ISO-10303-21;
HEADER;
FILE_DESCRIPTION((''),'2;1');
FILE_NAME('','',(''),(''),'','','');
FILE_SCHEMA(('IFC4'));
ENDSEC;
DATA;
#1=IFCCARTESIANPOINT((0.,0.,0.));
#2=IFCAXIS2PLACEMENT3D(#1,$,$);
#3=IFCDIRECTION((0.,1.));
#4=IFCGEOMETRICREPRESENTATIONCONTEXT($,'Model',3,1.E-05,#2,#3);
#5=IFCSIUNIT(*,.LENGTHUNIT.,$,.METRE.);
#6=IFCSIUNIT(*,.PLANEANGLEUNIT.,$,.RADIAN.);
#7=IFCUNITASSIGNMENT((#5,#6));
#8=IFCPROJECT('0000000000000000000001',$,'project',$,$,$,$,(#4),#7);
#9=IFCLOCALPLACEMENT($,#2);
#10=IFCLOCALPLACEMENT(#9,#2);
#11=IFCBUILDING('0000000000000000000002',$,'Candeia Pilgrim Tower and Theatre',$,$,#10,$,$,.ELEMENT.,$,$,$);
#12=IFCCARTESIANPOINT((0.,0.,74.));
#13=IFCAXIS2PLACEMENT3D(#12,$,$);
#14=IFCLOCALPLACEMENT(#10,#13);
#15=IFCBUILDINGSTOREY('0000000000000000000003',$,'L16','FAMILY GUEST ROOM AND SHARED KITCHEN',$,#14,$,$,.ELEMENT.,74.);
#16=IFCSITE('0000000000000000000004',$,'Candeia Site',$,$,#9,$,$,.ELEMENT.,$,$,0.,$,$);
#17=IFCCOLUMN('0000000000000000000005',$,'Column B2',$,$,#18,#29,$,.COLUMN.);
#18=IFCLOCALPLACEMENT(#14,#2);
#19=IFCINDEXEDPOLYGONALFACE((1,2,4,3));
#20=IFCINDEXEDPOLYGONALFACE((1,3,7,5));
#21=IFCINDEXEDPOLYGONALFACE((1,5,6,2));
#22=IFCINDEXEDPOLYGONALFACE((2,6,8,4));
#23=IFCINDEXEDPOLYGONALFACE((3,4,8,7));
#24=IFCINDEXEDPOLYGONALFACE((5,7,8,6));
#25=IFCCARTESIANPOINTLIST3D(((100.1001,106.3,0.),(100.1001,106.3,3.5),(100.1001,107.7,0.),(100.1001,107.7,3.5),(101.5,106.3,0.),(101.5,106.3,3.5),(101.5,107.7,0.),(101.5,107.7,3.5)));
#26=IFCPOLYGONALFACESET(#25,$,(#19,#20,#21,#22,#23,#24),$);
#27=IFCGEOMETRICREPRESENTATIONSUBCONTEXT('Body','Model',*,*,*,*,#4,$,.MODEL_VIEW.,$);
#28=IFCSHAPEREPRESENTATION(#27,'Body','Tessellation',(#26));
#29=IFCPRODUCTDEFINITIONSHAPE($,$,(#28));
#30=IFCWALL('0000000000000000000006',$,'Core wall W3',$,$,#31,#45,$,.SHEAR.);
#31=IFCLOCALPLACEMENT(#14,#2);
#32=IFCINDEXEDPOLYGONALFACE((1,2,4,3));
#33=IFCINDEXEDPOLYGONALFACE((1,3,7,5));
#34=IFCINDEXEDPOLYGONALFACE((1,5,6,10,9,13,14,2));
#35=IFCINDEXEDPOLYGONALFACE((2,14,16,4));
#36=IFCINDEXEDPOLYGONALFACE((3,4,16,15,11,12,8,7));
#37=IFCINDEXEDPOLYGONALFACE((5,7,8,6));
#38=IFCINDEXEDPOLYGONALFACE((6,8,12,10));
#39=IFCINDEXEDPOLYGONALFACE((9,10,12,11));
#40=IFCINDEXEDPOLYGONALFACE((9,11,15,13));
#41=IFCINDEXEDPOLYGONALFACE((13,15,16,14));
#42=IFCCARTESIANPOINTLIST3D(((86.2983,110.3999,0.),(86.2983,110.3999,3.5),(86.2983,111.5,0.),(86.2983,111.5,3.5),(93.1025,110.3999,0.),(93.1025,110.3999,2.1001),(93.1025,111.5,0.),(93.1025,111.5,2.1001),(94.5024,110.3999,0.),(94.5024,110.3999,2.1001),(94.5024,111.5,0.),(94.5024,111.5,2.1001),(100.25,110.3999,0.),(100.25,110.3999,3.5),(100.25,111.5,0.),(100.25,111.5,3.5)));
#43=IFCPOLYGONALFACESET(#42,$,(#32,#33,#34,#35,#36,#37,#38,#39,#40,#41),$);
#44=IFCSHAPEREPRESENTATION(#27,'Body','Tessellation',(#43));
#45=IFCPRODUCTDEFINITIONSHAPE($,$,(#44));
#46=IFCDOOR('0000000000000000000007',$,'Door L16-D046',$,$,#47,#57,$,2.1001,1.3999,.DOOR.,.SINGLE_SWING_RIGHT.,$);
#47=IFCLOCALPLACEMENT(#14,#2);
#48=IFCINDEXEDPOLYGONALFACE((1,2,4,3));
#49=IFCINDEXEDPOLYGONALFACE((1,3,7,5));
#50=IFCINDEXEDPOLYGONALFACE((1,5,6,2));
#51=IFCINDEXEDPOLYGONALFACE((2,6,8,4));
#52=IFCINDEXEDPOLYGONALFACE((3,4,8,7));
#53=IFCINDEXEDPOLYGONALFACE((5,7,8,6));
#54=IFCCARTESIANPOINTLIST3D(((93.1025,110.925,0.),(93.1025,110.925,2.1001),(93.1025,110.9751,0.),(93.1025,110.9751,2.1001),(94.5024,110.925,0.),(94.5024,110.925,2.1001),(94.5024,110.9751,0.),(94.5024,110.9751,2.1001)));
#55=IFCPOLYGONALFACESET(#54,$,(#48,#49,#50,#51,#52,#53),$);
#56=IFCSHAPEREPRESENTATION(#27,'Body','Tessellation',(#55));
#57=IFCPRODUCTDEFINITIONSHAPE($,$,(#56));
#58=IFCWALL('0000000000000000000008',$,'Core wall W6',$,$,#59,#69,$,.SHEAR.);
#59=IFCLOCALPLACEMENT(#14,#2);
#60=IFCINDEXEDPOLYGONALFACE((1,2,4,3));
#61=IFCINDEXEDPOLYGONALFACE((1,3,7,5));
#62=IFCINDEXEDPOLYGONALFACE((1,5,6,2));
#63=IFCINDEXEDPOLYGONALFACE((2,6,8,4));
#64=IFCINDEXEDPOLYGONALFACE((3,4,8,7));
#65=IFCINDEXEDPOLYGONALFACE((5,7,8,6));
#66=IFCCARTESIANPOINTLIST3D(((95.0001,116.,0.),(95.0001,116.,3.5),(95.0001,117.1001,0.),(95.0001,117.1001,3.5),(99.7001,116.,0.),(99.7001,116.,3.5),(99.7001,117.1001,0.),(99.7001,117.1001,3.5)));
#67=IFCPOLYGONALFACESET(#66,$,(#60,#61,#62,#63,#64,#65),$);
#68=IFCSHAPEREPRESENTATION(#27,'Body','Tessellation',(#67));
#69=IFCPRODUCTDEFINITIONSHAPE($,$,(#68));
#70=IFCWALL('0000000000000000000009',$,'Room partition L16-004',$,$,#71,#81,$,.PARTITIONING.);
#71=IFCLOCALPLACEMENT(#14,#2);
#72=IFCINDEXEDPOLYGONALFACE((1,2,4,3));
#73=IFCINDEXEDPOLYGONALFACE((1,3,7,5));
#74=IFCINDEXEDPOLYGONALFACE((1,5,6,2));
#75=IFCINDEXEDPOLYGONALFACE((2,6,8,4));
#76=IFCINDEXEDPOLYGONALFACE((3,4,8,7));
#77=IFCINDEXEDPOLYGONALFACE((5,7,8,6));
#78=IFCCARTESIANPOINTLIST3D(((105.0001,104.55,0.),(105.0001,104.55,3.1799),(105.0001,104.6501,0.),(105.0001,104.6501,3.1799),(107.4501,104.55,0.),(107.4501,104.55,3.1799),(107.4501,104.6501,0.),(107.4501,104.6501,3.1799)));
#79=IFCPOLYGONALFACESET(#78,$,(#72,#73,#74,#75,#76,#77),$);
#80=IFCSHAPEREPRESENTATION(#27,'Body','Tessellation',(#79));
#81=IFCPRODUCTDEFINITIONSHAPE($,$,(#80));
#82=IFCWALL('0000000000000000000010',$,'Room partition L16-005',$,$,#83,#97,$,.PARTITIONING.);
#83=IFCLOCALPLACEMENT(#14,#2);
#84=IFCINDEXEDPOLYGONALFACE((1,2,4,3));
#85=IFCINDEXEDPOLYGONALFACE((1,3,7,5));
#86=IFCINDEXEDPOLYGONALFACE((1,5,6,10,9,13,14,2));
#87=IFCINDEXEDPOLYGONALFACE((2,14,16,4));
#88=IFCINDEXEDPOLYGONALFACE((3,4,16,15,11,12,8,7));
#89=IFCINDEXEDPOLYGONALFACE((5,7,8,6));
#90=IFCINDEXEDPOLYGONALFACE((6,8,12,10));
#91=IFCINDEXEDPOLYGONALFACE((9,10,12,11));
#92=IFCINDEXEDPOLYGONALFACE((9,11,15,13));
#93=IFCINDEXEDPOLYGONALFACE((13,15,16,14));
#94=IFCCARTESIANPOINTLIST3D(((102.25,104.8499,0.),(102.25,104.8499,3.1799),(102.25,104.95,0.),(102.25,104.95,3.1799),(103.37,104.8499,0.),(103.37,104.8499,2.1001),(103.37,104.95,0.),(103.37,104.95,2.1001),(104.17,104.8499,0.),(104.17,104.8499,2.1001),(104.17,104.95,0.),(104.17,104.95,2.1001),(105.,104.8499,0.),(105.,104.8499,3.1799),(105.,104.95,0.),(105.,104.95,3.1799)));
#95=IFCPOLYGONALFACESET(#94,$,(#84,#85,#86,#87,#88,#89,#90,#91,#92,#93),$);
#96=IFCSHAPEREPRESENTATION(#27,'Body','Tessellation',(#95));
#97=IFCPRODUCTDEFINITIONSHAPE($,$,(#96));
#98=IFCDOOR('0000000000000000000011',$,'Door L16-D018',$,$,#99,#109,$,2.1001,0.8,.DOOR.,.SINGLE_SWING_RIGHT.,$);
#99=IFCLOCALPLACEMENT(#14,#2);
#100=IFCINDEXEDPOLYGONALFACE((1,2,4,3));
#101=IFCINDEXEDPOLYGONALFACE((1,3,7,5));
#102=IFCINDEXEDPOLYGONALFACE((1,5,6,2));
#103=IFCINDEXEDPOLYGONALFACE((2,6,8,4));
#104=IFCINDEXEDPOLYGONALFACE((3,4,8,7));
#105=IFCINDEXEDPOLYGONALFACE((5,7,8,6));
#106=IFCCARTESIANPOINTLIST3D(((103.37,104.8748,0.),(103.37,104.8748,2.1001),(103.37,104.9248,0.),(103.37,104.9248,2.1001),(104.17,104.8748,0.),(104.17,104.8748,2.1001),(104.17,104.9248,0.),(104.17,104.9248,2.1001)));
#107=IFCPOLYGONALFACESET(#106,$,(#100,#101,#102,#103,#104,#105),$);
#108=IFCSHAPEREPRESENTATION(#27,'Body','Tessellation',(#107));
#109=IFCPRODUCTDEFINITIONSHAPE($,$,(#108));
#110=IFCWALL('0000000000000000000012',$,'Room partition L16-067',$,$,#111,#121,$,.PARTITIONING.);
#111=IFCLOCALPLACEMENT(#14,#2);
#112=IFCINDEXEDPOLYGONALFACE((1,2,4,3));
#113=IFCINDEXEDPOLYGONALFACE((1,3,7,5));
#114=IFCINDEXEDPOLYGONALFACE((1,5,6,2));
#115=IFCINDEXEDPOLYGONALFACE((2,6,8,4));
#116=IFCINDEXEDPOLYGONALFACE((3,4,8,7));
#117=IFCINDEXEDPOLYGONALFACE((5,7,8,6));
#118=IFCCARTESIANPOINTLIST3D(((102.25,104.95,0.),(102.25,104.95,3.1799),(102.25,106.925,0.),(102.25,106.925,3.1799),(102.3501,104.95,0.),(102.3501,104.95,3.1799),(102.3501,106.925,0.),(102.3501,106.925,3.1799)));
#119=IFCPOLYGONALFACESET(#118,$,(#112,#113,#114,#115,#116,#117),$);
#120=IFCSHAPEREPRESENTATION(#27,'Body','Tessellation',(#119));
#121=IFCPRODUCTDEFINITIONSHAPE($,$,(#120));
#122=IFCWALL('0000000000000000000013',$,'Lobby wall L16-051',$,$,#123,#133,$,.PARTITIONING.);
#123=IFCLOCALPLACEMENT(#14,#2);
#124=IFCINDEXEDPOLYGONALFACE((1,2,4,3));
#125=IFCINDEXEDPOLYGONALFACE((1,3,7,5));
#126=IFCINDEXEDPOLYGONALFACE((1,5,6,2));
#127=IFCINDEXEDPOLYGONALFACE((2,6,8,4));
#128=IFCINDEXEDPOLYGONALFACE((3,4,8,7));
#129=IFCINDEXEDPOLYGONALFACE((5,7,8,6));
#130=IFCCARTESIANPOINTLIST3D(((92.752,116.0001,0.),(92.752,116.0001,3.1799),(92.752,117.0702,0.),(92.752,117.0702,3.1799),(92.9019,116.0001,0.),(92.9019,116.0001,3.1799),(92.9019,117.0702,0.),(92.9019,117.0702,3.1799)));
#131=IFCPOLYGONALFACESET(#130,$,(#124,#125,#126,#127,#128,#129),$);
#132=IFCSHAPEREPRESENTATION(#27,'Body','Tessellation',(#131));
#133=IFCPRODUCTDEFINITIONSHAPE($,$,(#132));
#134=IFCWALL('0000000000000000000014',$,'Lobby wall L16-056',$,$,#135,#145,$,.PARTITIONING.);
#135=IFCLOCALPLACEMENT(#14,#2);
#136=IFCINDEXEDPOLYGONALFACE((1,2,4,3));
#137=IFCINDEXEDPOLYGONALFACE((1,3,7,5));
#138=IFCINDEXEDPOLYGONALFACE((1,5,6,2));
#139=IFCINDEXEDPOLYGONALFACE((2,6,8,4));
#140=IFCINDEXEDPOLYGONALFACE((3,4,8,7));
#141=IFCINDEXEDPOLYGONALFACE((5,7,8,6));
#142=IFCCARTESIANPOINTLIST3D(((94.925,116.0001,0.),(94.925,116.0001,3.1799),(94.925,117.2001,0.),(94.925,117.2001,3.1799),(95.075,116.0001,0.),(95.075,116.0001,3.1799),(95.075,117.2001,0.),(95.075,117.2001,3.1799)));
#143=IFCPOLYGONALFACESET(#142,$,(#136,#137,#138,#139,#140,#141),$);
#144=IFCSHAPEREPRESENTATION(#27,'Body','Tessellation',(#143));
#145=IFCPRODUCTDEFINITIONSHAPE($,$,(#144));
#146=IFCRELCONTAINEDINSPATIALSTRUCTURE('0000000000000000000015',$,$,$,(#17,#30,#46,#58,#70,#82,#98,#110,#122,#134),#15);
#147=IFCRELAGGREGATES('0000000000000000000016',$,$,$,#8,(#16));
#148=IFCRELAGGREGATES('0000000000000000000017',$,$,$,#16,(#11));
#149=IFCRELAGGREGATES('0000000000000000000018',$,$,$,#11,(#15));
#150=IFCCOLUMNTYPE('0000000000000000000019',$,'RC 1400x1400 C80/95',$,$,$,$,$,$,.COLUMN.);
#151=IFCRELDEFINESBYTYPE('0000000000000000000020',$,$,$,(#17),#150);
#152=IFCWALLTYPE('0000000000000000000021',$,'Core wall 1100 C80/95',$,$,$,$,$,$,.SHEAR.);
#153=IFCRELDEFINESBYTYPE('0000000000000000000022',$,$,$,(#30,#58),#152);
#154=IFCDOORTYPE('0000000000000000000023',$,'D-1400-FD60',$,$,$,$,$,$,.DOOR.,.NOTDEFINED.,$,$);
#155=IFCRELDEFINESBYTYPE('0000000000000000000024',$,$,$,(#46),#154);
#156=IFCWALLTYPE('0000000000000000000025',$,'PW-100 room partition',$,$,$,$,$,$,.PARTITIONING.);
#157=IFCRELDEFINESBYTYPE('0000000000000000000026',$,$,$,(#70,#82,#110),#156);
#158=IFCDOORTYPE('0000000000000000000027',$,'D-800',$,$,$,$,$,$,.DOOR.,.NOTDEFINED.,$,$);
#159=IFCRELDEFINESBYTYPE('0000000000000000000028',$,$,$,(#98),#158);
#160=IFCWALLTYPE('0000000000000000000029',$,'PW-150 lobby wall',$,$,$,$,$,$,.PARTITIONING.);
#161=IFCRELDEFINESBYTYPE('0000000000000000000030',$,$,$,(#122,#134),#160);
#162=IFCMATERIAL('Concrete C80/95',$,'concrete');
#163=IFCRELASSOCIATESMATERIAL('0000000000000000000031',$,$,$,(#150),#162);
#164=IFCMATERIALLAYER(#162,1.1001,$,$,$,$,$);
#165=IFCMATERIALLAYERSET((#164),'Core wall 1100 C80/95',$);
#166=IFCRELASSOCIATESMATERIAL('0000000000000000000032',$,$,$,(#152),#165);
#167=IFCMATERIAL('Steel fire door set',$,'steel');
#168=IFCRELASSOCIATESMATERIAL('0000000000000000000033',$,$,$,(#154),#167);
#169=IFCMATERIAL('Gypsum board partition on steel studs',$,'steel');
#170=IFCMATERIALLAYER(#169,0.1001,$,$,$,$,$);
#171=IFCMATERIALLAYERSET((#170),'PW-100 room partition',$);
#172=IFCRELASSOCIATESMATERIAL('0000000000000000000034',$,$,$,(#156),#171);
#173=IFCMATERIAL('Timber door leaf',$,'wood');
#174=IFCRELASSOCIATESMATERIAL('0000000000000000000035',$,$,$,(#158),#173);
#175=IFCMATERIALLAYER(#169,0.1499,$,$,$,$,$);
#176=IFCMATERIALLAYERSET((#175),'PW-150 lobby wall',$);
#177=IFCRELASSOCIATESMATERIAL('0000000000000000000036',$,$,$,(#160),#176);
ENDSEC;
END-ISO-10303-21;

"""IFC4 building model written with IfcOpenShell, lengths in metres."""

from ifc_helpers import new_model, si_unit, direction, frame, frame_2d, origin, origin_2d, place, context, subcontext, project, spatial, rectangle, extrude, material, layer, layer_set, material_profile, profile_set, type_object, element, fill, save


model = new_model("IFC4")

# Units and contexts
model_context = context("Model", 3, precision=1e-05, world=origin(), true_north=direction((0.0, 1.0)))
body_context = subcontext(model_context, "Body", "Model", "MODEL_VIEW")
ifc_project = project(units=[si_unit("LENGTHUNIT", "METRE"), si_unit("PLANEANGLEUNIT", "RADIAN")], contexts=[model_context])

# Site, building, storey
site_placement = place(None, origin())
site = spatial("IfcSite", under=ifc_project, at=site_placement, Name="Candeia Site", CompositionType="ELEMENT", RefElevation=0.0)
building_placement = place(site_placement, origin())
building = spatial("IfcBuilding", under=site, at=building_placement, Name="Candeia Pilgrim Tower and Theatre", CompositionType="ELEMENT")
storey_placement = place(building_placement, frame((0.0, 0.0, 74.0)))
storey = spatial("IfcBuildingStorey", under=building, at=storey_placement, Name="L16", Description="FAMILY GUEST ROOM AND SHARED KITCHEN", CompositionType="ELEMENT", Elevation=74.0)

# Column
ifc_material_1 = material(Name="Concrete C80/95", Category="concrete")
ifc_material_profile = material_profile(ifc_material_1, rectangle(XDim=1.3999, YDim=1.3999, at=origin_2d()))
ifc_profile_set = profile_set([ifc_material_profile], Name="Concrete C80/95")
column_type = type_object("IfcColumnType", Name="RC 1400x1400 C80/95", PredefinedType="COLUMN", material=ifc_profile_set)
column_placement = place(storey_placement, frame((100.8, 107.0, 0.0), z_axis=(0.0, 0.0, 1.0), x_axis=(1.0, 0.0, 0.0)))
element("IfcColumn", 1, at=column_placement, inside=storey, type_object=column_type, Name="Column B2", PredefinedType="COLUMN", context=body_context, shape_type="SweptSolid", body=[
    extrude(rectangle(XDim=1.3999, YDim=1.3999, at=origin_2d()), origin(), (0.0, 0.0, 1.0), 3.5),
])

# Wall, opening, door
ifc_layer_1 = layer(ifc_material_1, 1.1001)
ifc_layer_set_1 = layer_set([ifc_layer_1], Name="Core wall 1100 C80/95")
wall_type_1 = type_object("IfcWallType", Name="Core wall 1100 C80/95", PredefinedType="SHEAR", material=ifc_layer_set_1)
wall_1_placement = place(storey_placement, frame((100.25, 110.95, 0.0), z_axis=(0.0, 0.0, 1.0), x_axis=(-1.0, 0.0, 0.0)))
wall_1 = element("IfcWall", 2, at=wall_1_placement, inside=storey, type_object=wall_type_1, Name="Core wall W3", PredefinedType="SHEAR", context=body_context, shape_type="SweptSolid", body=[
    extrude(rectangle(XDim=13.9517, YDim=1.1001, at=frame_2d((6.9758, 0.0))), origin(), (0.0, 0.0, 1.0), 3.5),
])
opening_1_placement = place(wall_1_placement, frame((5.7476, 0.0, 0.0)))
opening_1 = element("IfcOpeningElement", 3, at=opening_1_placement, cuts=wall_1, PredefinedType="OPENING", context=body_context, shape_type="SweptSolid", body=[
    extrude(rectangle(XDim=1.3999, YDim=2.1001, at=frame_2d((0.7, 1.05))), frame((0.0, 0.5601, 0.0), z_axis=(0.0, -1.0, 0.0), x_axis=(1.0, 0.0, 0.0)), (0.0, 0.0, 1.0), 1.1201),
])
ifc_material_2 = material(Name="Steel fire door set", Category="steel")
door_type_1 = type_object("IfcDoorType", Name="D-1400-FD60", OperationType="NOTDEFINED", PredefinedType="DOOR", material=ifc_material_2)
door_1_placement = place(opening_1_placement, origin())
door_1 = element("IfcDoor", 4, at=door_1_placement, inside=storey, type_object=door_type_1, Name="Door L16-D046", OperationType="SINGLE_SWING_RIGHT", OverallHeight=2.1001, OverallWidth=1.3999, PredefinedType="DOOR", context=body_context, shape_type="SweptSolid", body=[
    extrude(rectangle(XDim=1.3999, YDim=2.1001, at=frame_2d((0.7, 1.05))), frame((0.0, 0.0249, 0.0), z_axis=(0.0, -1.0, 0.0), x_axis=(1.0, 0.0, 0.0)), (0.0, 0.0, 1.0), 0.05),
])
fill(opening_1, door_1)

# Walls
wall_2_placement = place(storey_placement, frame((95.0, 116.55, 0.0), z_axis=(0.0, 0.0, 1.0), x_axis=(1.0, 0.0, 0.0)))
element("IfcWall", 5, at=wall_2_placement, inside=storey, type_object=wall_type_1, Name="Core wall W6", PredefinedType="SHEAR", context=body_context, shape_type="SweptSolid", body=[
    extrude(rectangle(XDim=4.7, YDim=1.1001, at=frame_2d((2.3501, 0.0))), origin(), (0.0, 0.0, 1.0), 3.5),
])
ifc_material_3 = material(Name="Gypsum board partition on steel studs", Category="steel")
ifc_layer_2 = layer(ifc_material_3, 0.1001)
ifc_layer_set_2 = layer_set([ifc_layer_2], Name="PW-100 room partition")
wall_type_2 = type_object("IfcWallType", Name="PW-100 room partition", PredefinedType="PARTITIONING", material=ifc_layer_set_2)
wall_3_placement = place(storey_placement, frame((105.0, 104.6001, 0.0), z_axis=(0.0, 0.0, 1.0), x_axis=(1.0, 0.0, 0.0)))
element("IfcWall", 6, at=wall_3_placement, inside=storey, type_object=wall_type_2, Name="Room partition L16-004", PredefinedType="PARTITIONING", context=body_context, shape_type="SweptSolid", body=[
    extrude(rectangle(XDim=2.45, YDim=0.1001, at=frame_2d((1.2251, 0.0))), origin(), (0.0, 0.0, 1.0), 3.1799),
])

# Wall, opening, door
wall_4_placement = place(storey_placement, frame((102.25, 104.8999, 0.0), z_axis=(0.0, 0.0, 1.0), x_axis=(1.0, 0.0, 0.0)))
wall_4 = element("IfcWall", 7, at=wall_4_placement, inside=storey, type_object=wall_type_2, Name="Room partition L16-005", PredefinedType="PARTITIONING", context=body_context, shape_type="SweptSolid", body=[
    extrude(rectangle(XDim=2.75, YDim=0.1001, at=frame_2d((1.375, 0.0))), origin(), (0.0, 0.0, 1.0), 3.1799),
])
opening_2_placement = place(wall_4_placement, frame((1.1201, 0.0, 0.0)))
opening_2 = element("IfcOpeningElement", 8, at=opening_2_placement, cuts=wall_4, PredefinedType="OPENING", context=body_context, shape_type="SweptSolid", body=[
    extrude(rectangle(XDim=0.8, YDim=2.1001, at=frame_2d((0.3999, 1.05))), frame((0.0, 0.0601, 0.0), z_axis=(0.0, -1.0, 0.0), x_axis=(1.0, 0.0, 0.0)), (0.0, 0.0, 1.0), 0.1201),
])
ifc_material_4 = material(Name="Timber door leaf", Category="wood")
door_type_2 = type_object("IfcDoorType", Name="D-800", OperationType="NOTDEFINED", PredefinedType="DOOR", material=ifc_material_4)
door_2_placement = place(opening_2_placement, origin())
door_2 = element("IfcDoor", 9, at=door_2_placement, inside=storey, type_object=door_type_2, Name="Door L16-D018", OperationType="SINGLE_SWING_RIGHT", OverallHeight=2.1001, OverallWidth=0.8, PredefinedType="DOOR", context=body_context, shape_type="SweptSolid", body=[
    extrude(rectangle(XDim=0.8, YDim=2.1001, at=frame_2d((0.3999, 1.05))), frame((0.0, 0.0249, 0.0), z_axis=(0.0, -1.0, 0.0), x_axis=(1.0, 0.0, 0.0)), (0.0, 0.0, 1.0), 0.05),
])
fill(opening_2, door_2)

# Walls
wall_5_placement = place(storey_placement, frame((102.3, 104.95, 0.0), z_axis=(0.0, 0.0, 1.0), x_axis=(0.0, 1.0, 0.0)))
element("IfcWall", 10, at=wall_5_placement, inside=storey, type_object=wall_type_2, Name="Room partition L16-067", PredefinedType="PARTITIONING", context=body_context, shape_type="SweptSolid", body=[
    extrude(rectangle(XDim=1.9751, YDim=0.1001, at=frame_2d((0.9875, 0.0))), origin(), (0.0, 0.0, 1.0), 3.1799),
])
ifc_layer_3 = layer(ifc_material_3, 0.1499)
ifc_layer_set_3 = layer_set([ifc_layer_3], Name="PW-150 lobby wall")
wall_type_3 = type_object("IfcWallType", Name="PW-150 lobby wall", PredefinedType="PARTITIONING", material=ifc_layer_set_3)
wall_6_placement = place(storey_placement, frame((92.8269, 116.0, 0.0), z_axis=(0.0, 0.0, 1.0), x_axis=(0.0, 1.0, 0.0)))
element("IfcWall", 11, at=wall_6_placement, inside=storey, type_object=wall_type_3, Name="Lobby wall L16-051", PredefinedType="PARTITIONING", context=body_context, shape_type="SweptSolid", body=[
    extrude(rectangle(XDim=1.0701, YDim=0.1499, at=frame_2d((0.5352, 0.0))), origin(), (0.0, 0.0, 1.0), 3.1799),
])
wall_7_placement = place(storey_placement, frame((95.0, 116.0, 0.0), z_axis=(0.0, 0.0, 1.0), x_axis=(0.0, 1.0, 0.0)))
element("IfcWall", 12, at=wall_7_placement, inside=storey, type_object=wall_type_3, Name="Lobby wall L16-056", PredefinedType="PARTITIONING", context=body_context, shape_type="SweptSolid", body=[
    extrude(rectangle(XDim=1.2, YDim=0.1499, at=frame_2d((0.6001, 0.0))), origin(), (0.0, 0.0, 1.0), 3.1799),
])

save(model, "model.ifc")
